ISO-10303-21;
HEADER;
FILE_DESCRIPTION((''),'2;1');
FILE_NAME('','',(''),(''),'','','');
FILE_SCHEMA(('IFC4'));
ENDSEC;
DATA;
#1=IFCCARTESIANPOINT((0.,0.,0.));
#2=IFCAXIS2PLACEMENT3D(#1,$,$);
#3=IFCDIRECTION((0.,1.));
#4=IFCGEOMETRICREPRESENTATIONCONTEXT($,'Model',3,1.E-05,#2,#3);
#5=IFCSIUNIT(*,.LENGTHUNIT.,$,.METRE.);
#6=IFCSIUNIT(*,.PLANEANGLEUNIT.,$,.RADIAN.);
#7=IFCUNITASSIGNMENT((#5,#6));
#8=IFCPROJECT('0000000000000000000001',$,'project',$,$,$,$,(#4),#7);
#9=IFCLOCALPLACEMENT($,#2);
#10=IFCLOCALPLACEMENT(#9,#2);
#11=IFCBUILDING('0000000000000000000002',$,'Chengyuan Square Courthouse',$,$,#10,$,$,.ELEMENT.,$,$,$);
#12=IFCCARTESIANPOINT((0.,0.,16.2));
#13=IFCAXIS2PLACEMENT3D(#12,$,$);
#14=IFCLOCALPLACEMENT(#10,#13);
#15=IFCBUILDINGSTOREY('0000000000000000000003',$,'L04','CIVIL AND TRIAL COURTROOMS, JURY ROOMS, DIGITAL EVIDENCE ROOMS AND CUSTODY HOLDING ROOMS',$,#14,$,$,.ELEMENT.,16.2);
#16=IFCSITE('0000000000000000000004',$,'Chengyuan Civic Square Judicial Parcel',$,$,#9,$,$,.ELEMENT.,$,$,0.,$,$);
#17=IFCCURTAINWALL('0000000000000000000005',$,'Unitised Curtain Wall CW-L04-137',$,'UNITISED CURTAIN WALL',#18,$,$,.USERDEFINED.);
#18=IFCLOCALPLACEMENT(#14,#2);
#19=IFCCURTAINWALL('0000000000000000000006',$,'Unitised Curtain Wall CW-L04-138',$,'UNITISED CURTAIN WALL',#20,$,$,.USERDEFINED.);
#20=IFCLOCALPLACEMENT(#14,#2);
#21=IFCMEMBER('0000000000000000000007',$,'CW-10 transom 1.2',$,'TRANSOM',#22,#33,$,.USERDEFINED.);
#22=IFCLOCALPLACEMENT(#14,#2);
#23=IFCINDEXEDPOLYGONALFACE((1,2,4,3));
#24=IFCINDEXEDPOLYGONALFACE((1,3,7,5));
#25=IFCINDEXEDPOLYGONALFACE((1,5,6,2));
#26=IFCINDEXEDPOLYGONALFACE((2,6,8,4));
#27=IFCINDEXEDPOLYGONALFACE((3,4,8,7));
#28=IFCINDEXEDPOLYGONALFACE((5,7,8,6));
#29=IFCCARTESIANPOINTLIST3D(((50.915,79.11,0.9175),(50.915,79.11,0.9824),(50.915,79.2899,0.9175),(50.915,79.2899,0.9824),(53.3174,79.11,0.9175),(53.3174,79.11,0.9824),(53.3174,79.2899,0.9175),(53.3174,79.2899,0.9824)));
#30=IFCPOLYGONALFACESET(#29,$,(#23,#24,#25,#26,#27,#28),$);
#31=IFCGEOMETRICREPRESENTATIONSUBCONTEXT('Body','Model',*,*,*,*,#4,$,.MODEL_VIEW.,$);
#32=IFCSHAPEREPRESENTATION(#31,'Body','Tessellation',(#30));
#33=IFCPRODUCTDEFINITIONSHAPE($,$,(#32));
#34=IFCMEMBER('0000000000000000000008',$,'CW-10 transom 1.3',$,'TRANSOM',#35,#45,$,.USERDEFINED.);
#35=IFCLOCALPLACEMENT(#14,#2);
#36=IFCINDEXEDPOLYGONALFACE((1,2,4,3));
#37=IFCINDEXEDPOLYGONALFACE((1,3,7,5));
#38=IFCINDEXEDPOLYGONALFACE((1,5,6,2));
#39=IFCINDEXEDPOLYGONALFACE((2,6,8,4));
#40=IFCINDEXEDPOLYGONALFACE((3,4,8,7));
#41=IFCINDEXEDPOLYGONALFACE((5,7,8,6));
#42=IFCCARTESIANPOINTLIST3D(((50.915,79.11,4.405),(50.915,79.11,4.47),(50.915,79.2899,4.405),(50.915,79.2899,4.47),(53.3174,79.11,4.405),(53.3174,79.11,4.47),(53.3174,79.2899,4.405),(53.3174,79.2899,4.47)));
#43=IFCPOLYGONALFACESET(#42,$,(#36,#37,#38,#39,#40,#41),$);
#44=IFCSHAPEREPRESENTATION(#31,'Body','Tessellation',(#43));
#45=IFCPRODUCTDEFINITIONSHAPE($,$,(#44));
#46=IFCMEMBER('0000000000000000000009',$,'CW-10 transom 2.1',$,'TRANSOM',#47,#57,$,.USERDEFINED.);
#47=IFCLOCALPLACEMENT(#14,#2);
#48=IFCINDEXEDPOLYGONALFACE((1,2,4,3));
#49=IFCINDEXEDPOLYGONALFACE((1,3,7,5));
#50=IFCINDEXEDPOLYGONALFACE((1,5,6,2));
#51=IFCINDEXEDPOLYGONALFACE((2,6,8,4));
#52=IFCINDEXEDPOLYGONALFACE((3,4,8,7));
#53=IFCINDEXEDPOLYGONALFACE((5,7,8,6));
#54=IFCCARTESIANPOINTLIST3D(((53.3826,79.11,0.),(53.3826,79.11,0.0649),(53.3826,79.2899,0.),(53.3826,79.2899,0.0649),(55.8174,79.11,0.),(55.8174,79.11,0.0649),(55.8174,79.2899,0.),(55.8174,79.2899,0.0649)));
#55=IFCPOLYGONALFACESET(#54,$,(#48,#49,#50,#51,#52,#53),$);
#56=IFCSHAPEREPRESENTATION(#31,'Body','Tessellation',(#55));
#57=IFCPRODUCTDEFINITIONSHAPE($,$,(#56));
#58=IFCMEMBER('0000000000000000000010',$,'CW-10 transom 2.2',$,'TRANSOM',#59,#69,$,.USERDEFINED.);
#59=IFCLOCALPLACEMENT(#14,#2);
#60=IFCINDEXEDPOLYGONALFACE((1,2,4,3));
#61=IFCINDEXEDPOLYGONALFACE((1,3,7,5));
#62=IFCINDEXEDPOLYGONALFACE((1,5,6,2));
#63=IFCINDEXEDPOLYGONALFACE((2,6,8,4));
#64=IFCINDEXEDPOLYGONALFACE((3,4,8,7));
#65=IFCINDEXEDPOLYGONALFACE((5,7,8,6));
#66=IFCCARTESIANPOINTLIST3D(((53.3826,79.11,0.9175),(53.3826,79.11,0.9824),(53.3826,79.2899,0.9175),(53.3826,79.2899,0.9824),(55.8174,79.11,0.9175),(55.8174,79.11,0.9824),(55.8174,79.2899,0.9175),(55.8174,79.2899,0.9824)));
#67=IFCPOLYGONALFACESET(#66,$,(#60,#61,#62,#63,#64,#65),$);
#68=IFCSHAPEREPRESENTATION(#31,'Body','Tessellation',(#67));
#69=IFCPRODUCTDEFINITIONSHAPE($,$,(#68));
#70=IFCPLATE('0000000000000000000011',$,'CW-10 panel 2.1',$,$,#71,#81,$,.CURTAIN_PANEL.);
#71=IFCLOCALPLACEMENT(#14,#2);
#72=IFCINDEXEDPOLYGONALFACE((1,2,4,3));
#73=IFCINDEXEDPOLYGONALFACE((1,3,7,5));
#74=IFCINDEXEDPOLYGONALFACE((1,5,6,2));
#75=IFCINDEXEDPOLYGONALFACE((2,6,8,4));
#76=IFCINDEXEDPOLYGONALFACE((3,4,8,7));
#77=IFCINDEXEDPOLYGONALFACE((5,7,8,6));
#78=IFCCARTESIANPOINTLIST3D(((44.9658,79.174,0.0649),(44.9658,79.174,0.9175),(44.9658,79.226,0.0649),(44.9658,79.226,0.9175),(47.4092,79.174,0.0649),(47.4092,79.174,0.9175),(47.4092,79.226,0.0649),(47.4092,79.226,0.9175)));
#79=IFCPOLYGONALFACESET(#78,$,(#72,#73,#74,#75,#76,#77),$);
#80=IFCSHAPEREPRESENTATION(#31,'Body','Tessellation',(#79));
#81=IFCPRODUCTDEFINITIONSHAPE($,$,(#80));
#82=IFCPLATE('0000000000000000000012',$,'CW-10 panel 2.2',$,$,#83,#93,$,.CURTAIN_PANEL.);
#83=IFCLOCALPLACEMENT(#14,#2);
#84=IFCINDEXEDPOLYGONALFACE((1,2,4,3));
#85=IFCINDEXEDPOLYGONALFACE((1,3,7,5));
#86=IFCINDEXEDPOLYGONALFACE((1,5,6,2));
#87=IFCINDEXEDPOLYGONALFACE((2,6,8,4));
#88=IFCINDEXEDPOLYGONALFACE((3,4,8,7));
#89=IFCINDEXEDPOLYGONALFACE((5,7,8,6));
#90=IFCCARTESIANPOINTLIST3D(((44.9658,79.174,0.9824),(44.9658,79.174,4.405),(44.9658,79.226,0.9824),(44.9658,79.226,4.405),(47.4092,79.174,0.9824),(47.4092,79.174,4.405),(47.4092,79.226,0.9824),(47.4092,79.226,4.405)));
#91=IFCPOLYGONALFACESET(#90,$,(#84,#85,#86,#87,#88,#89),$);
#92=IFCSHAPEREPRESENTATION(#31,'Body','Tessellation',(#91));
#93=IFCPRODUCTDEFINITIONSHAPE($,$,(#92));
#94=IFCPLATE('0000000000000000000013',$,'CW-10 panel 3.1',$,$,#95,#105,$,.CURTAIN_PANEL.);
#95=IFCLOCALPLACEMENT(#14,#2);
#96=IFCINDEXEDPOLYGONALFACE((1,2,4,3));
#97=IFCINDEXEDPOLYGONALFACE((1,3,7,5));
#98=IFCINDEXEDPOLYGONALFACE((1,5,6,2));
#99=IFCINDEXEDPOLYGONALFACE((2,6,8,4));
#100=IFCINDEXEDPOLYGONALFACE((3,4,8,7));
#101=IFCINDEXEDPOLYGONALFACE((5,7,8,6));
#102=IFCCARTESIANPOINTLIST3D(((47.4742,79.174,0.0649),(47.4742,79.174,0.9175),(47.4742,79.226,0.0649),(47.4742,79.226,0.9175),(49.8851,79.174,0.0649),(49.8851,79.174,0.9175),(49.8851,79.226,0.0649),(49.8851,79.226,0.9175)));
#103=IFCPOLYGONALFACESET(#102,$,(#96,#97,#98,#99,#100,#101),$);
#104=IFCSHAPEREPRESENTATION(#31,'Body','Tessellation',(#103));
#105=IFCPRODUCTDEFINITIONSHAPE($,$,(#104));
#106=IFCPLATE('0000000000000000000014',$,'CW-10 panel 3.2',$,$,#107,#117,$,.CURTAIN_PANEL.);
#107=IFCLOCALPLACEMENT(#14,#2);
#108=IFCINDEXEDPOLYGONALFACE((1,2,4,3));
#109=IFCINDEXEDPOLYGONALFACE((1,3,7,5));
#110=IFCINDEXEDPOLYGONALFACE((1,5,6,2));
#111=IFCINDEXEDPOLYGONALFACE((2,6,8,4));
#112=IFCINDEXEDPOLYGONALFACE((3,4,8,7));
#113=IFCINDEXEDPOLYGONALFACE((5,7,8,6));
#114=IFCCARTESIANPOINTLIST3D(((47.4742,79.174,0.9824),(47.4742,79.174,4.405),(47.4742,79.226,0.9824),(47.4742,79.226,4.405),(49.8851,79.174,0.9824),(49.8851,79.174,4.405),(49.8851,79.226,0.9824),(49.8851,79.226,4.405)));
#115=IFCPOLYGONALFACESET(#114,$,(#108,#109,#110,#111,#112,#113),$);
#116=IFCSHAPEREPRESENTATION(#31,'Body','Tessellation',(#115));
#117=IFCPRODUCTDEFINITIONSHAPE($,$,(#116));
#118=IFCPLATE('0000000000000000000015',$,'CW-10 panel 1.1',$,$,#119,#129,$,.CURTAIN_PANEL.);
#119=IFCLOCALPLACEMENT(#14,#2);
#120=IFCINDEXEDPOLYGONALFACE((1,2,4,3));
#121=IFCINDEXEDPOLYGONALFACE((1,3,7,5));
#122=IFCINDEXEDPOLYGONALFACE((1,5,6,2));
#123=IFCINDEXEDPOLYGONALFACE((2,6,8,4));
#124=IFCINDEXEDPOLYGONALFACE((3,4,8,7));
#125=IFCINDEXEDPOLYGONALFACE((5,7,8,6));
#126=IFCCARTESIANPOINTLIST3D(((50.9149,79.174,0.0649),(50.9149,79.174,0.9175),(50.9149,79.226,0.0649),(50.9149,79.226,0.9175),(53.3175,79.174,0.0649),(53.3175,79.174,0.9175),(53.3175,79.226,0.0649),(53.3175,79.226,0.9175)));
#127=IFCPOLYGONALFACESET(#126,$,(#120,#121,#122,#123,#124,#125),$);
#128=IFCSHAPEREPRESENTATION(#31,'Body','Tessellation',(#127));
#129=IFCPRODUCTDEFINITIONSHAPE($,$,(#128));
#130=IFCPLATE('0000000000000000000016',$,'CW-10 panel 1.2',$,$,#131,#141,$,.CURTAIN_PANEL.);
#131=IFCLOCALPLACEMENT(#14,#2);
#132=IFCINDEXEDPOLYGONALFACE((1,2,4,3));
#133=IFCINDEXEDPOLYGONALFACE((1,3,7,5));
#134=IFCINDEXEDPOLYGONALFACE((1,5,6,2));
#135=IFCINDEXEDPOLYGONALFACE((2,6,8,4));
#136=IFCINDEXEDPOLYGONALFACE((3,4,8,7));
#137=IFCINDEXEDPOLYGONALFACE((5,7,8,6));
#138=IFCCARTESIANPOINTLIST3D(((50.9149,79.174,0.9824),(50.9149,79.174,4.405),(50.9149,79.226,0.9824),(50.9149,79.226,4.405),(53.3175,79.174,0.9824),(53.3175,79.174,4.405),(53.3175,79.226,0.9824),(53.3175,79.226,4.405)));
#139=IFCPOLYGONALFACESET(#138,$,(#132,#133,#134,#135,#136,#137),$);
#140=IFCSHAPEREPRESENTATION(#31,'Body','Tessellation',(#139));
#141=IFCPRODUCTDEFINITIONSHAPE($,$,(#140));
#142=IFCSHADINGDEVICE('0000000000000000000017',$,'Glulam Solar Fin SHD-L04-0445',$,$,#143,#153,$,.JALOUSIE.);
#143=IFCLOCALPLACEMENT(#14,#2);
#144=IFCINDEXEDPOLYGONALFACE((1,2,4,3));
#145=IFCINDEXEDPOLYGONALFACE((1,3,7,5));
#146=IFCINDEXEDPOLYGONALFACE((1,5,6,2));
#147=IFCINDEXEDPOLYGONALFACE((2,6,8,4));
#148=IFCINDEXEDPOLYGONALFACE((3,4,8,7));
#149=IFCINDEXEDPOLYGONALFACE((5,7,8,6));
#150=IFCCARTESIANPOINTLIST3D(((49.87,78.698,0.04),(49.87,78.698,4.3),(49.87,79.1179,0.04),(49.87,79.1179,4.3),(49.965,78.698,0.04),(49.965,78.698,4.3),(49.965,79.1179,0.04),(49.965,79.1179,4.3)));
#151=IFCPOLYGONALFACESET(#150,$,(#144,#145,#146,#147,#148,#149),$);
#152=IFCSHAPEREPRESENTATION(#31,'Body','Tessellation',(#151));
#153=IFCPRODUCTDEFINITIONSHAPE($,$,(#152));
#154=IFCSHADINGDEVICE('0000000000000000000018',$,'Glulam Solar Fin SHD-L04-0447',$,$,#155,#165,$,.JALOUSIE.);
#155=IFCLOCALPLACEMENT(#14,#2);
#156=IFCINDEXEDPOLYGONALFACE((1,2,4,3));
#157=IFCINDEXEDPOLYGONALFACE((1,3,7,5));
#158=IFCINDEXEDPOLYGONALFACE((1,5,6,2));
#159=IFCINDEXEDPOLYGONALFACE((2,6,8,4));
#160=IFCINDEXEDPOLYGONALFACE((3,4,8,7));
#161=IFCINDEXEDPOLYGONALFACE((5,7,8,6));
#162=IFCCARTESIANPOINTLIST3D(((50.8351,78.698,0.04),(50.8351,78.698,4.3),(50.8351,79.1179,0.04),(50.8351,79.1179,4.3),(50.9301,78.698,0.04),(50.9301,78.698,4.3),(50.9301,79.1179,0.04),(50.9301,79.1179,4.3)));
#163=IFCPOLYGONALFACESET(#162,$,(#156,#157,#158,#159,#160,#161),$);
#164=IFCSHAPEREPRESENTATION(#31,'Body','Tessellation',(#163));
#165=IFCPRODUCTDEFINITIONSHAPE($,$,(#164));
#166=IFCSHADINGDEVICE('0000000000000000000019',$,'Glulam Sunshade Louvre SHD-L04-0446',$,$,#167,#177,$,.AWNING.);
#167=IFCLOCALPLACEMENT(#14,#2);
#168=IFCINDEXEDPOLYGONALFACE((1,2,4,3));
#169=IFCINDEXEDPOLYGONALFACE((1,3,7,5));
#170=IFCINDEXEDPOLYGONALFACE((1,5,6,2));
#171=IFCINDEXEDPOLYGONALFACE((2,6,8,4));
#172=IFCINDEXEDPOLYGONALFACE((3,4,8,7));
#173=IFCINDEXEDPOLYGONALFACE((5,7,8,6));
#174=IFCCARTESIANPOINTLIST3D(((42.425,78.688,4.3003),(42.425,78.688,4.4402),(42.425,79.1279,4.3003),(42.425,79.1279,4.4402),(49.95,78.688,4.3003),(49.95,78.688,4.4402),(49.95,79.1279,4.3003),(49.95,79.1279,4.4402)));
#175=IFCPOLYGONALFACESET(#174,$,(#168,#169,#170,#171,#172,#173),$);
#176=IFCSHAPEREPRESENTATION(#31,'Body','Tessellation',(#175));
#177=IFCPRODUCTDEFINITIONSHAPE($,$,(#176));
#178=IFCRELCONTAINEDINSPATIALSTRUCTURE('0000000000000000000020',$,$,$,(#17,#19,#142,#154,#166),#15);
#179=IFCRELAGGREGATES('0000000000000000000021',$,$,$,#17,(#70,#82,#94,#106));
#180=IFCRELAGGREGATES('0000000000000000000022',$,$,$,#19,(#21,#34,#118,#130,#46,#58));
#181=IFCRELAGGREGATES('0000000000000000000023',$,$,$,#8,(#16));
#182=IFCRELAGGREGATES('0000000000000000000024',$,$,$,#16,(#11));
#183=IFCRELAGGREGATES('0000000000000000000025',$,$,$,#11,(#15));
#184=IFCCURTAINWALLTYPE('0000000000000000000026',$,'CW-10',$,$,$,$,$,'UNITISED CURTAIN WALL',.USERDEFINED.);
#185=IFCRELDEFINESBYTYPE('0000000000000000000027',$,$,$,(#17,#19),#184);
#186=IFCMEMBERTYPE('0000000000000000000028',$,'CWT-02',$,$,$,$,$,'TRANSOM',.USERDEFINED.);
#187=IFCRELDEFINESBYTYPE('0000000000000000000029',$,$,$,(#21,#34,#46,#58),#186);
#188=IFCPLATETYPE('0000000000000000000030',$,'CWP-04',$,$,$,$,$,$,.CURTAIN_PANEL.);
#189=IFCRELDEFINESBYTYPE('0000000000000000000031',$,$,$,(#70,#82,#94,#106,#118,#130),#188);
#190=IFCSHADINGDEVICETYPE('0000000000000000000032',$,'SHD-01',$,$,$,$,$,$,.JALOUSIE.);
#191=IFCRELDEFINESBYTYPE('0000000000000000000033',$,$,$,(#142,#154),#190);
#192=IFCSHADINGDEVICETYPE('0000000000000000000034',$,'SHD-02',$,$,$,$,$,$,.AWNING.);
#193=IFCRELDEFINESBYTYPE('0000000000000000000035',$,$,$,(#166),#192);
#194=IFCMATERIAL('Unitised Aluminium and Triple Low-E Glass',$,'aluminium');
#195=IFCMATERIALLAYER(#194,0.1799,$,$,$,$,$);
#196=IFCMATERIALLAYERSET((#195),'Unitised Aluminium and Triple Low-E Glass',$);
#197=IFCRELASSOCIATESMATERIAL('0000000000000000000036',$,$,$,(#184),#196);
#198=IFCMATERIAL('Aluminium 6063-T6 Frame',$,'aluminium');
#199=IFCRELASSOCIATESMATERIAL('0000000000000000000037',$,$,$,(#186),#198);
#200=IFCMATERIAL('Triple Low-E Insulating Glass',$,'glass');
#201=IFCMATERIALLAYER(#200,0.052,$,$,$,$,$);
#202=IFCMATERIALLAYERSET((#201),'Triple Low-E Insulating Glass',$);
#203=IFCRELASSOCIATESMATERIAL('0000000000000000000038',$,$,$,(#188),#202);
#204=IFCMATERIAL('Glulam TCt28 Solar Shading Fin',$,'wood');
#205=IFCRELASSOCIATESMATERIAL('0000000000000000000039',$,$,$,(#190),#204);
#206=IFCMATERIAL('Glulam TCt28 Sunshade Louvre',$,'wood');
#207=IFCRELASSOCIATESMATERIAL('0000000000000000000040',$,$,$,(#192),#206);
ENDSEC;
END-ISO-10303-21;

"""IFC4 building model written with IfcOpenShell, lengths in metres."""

from ifc_helpers import new_model, si_unit, direction, frame, origin, origin_2d, place, context, subcontext, project, spatial, rectangle, extrude, material, layer, layer_set, material_profile, profile_set, type_object, element, aggregate, save


model = new_model("IFC4")

# Units and contexts
model_context = context("Model", 3, precision=1e-05, world=origin(), true_north=direction((0.0, 1.0)))
body_context = subcontext(model_context, "Body", "Model", "MODEL_VIEW")
ifc_project = project(units=[si_unit("LENGTHUNIT", "METRE"), si_unit("PLANEANGLEUNIT", "RADIAN")], contexts=[model_context])

# Site, building, storey
site_placement = place(None, origin())
site = spatial("IfcSite", under=ifc_project, at=site_placement, Name="Chengyuan Civic Square Judicial Parcel", CompositionType="ELEMENT", RefElevation=0.0)
building_placement = place(site_placement, origin())
building = spatial("IfcBuilding", under=site, at=building_placement, Name="Chengyuan Square Courthouse", CompositionType="ELEMENT")
storey_placement = place(building_placement, frame((0.0, 0.0, 16.2)))
storey = spatial("IfcBuildingStorey", under=building, at=storey_placement, Name="L04", Description="CIVIL AND TRIAL COURTROOMS, JURY ROOMS, DIGITAL EVIDENCE ROOMS AND CUSTODY HOLDING ROOMS", CompositionType="ELEMENT", Elevation=16.2)

# Curtain walls
ifc_material_1 = material(Name="Unitised Aluminium and Triple Low-E Glass", Category="aluminium")
ifc_layer_1 = layer(ifc_material_1, 0.1799)
ifc_layer_set_1 = layer_set([ifc_layer_1], Name="Unitised Aluminium and Triple Low-E Glass")
curtain_wall_type = type_object("IfcCurtainWallType", Name="CW-10", ElementType="UNITISED CURTAIN WALL", PredefinedType="USERDEFINED", material=ifc_layer_set_1)
curtain_wall_1_placement = place(storey_placement, origin())
curtain_wall_1 = element("IfcCurtainWall", 1, at=curtain_wall_1_placement, inside=storey, type_object=curtain_wall_type, Name="Unitised Curtain Wall CW-L04-137", ObjectType="UNITISED CURTAIN WALL", PredefinedType="USERDEFINED")
ifc_material_2 = material(Name="Aluminium 6063-T6 Frame", Category="aluminium")
curtain_wall_2_placement = place(storey_placement, origin())
curtain_wall_2 = element("IfcCurtainWall", 2, at=curtain_wall_2_placement, inside=storey, type_object=curtain_wall_type, Name="Unitised Curtain Wall CW-L04-138", ObjectType="UNITISED CURTAIN WALL", PredefinedType="USERDEFINED")

# Members
ifc_material_profile_1 = material_profile(ifc_material_2, rectangle(XDim=0.1799, YDim=0.0649, at=origin_2d()), Name="CW-TRN-65x140")
ifc_profile_set_1 = profile_set([ifc_material_profile_1], Name="Aluminium 6063-T6 Frame")
member_type_1 = type_object("IfcMemberType", Name="CWT-02", ElementType="TRANSOM", PredefinedType="USERDEFINED", material=ifc_profile_set_1)
member_1_placement = place(storey_placement, frame((50.915, 79.2, 0.95), z_axis=(1.0, 0.0, 0.0), x_axis=(0.0, 1.0, 0.0)))
member_1 = element("IfcMember", 3, at=member_1_placement, type_object=member_type_1, Name="CW-10 transom 1.2", ObjectType="TRANSOM", PredefinedType="USERDEFINED", context=body_context, shape_type="SweptSolid", body=[
    extrude(rectangle(XDim=0.1799, YDim=0.0649, at=origin_2d()), origin(), (0.0, 0.0, 1.0), 2.4023),
])
member_2_placement = place(storey_placement, frame((50.915, 79.2, 4.4375), z_axis=(1.0, 0.0, 0.0), x_axis=(0.0, 1.0, 0.0)))
member_2 = element("IfcMember", 4, at=member_2_placement, type_object=member_type_1, Name="CW-10 transom 1.3", ObjectType="TRANSOM", PredefinedType="USERDEFINED", context=body_context, shape_type="SweptSolid", body=[
    extrude(rectangle(XDim=0.1799, YDim=0.0649, at=origin_2d()), origin(), (0.0, 0.0, 1.0), 2.4023),
])
member_3_placement = place(storey_placement, frame((53.3826, 79.2, 0.0325), z_axis=(1.0, 0.0, 0.0), x_axis=(0.0, 1.0, 0.0)))
member_3 = element("IfcMember", 5, at=member_3_placement, type_object=member_type_1, Name="CW-10 transom 2.1", ObjectType="TRANSOM", PredefinedType="USERDEFINED", context=body_context, shape_type="SweptSolid", body=[
    extrude(rectangle(XDim=0.1799, YDim=0.0649, at=origin_2d()), origin(), (0.0, 0.0, 1.0), 2.4348),
])
member_4_placement = place(storey_placement, frame((53.3826, 79.2, 0.95), z_axis=(1.0, 0.0, 0.0), x_axis=(0.0, 1.0, 0.0)))
member_4 = element("IfcMember", 6, at=member_4_placement, type_object=member_type_1, Name="CW-10 transom 2.2", ObjectType="TRANSOM", PredefinedType="USERDEFINED", context=body_context, shape_type="SweptSolid", body=[
    extrude(rectangle(XDim=0.1799, YDim=0.0649, at=origin_2d()), origin(), (0.0, 0.0, 1.0), 2.4348),
])

# Plates
ifc_material_3 = material(Name="Triple Low-E Insulating Glass", Category="glass")
ifc_layer_2 = layer(ifc_material_3, 0.052)
ifc_layer_set_2 = layer_set([ifc_layer_2], Name="Triple Low-E Insulating Glass")
plate_type = type_object("IfcPlateType", Name="CWP-04", PredefinedType="CURTAIN_PANEL", material=ifc_layer_set_2)
plate_1_placement = place(storey_placement, frame((46.1875, 79.2, 0.0649), z_axis=(0.0, 0.0, 1.0), x_axis=(1.0, 0.0, 0.0)))
plate_1 = element("IfcPlate", 7, at=plate_1_placement, type_object=plate_type, Name="CW-10 panel 2.1", PredefinedType="CURTAIN_PANEL", context=body_context, shape_type="SweptSolid", body=[
    extrude(rectangle(XDim=2.4434, YDim=0.052, at=origin_2d()), origin(), (0.0, 0.0, 1.0), 0.8525),
])
plate_2_placement = place(storey_placement, frame((46.1875, 79.2, 0.9824), z_axis=(0.0, 0.0, 1.0), x_axis=(1.0, 0.0, 0.0)))
plate_2 = element("IfcPlate", 8, at=plate_2_placement, type_object=plate_type, Name="CW-10 panel 2.2", PredefinedType="CURTAIN_PANEL", context=body_context, shape_type="SweptSolid", body=[
    extrude(rectangle(XDim=2.4434, YDim=0.052, at=origin_2d()), origin(), (0.0, 0.0, 1.0), 3.4226),
])
plate_3_placement = place(storey_placement, frame((48.6797, 79.2, 0.0649), z_axis=(0.0, 0.0, 1.0), x_axis=(1.0, 0.0, 0.0)))
plate_3 = element("IfcPlate", 9, at=plate_3_placement, type_object=plate_type, Name="CW-10 panel 3.1", PredefinedType="CURTAIN_PANEL", context=body_context, shape_type="SweptSolid", body=[
    extrude(rectangle(XDim=2.4109, YDim=0.052, at=origin_2d()), origin(), (0.0, 0.0, 1.0), 0.8525),
])
plate_4_placement = place(storey_placement, frame((48.6797, 79.2, 0.9824), z_axis=(0.0, 0.0, 1.0), x_axis=(1.0, 0.0, 0.0)))
plate_4 = element("IfcPlate", 10, at=plate_4_placement, type_object=plate_type, Name="CW-10 panel 3.2", PredefinedType="CURTAIN_PANEL", context=body_context, shape_type="SweptSolid", body=[
    extrude(rectangle(XDim=2.4109, YDim=0.052, at=origin_2d()), origin(), (0.0, 0.0, 1.0), 3.4226),
])
aggregate(curtain_wall_1, [plate_1, plate_2, plate_3, plate_4])
plate_5_placement = place(storey_placement, frame((52.1162, 79.2, 0.0649), z_axis=(0.0, 0.0, 1.0), x_axis=(1.0, 0.0, 0.0)))
plate_5 = element("IfcPlate", 11, at=plate_5_placement, type_object=plate_type, Name="CW-10 panel 1.1", PredefinedType="CURTAIN_PANEL", context=body_context, shape_type="SweptSolid", body=[
    extrude(rectangle(XDim=2.4026, YDim=0.052, at=origin_2d()), origin(), (0.0, 0.0, 1.0), 0.8525),
])
plate_6_placement = place(storey_placement, frame((52.1162, 79.2, 0.9824), z_axis=(0.0, 0.0, 1.0), x_axis=(1.0, 0.0, 0.0)))
plate_6 = element("IfcPlate", 12, at=plate_6_placement, type_object=plate_type, Name="CW-10 panel 1.2", PredefinedType="CURTAIN_PANEL", context=body_context, shape_type="SweptSolid", body=[
    extrude(rectangle(XDim=2.4026, YDim=0.052, at=origin_2d()), origin(), (0.0, 0.0, 1.0), 3.4226),
])
aggregate(curtain_wall_2, [member_1, member_2, plate_5, plate_6, member_3, member_4])

# Shading devices
ifc_material_4 = material(Name="Glulam TCt28 Solar Shading Fin", Category="wood")
shading_device_type_1 = type_object("IfcShadingDeviceType", Name="SHD-01", PredefinedType="JALOUSIE", material=ifc_material_4)
for number, where, z_axis, x_axis, name in (
    (13, (49.9175, 78.908, 0.04), (0.0, 0.0, 1.0), (0.0, 1.0, 0.0), "Glulam Solar Fin SHD-L04-0445"),
    (14, (50.8826, 78.908, 0.04), (0.0, 0.0, 1.0), (0.0, 1.0, 0.0), "Glulam Solar Fin SHD-L04-0447"),
):
    element("IfcShadingDevice", number, at=place(storey_placement, frame(where, z_axis=z_axis, x_axis=x_axis)), inside=storey, type_object=shading_device_type_1, Name=name, PredefinedType="JALOUSIE", context=body_context, shape_type="SweptSolid", body=[
        extrude(rectangle(XDim=0.4199, YDim=0.095, at=origin_2d()), origin(), (0.0, 0.0, 1.0), 4.26),
    ])
ifc_material_5 = material(Name="Glulam TCt28 Sunshade Louvre", Category="wood")
shading_device_type_2 = type_object("IfcShadingDeviceType", Name="SHD-02", PredefinedType="AWNING", material=ifc_material_5)
shading_device_placement = place(storey_placement, frame((46.1875, 78.908, 4.3003), z_axis=(0.0, 0.0, 1.0), x_axis=(1.0, 0.0, 0.0)))
element("IfcShadingDevice", 15, at=shading_device_placement, inside=storey, type_object=shading_device_type_2, Name="Glulam Sunshade Louvre SHD-L04-0446", PredefinedType="AWNING", context=body_context, shape_type="SweptSolid", body=[
    extrude(rectangle(XDim=7.5249, YDim=0.4399, at=origin_2d()), origin(), (0.0, 0.0, 1.0), 0.1399),
])

save(model, "model.ifc")
